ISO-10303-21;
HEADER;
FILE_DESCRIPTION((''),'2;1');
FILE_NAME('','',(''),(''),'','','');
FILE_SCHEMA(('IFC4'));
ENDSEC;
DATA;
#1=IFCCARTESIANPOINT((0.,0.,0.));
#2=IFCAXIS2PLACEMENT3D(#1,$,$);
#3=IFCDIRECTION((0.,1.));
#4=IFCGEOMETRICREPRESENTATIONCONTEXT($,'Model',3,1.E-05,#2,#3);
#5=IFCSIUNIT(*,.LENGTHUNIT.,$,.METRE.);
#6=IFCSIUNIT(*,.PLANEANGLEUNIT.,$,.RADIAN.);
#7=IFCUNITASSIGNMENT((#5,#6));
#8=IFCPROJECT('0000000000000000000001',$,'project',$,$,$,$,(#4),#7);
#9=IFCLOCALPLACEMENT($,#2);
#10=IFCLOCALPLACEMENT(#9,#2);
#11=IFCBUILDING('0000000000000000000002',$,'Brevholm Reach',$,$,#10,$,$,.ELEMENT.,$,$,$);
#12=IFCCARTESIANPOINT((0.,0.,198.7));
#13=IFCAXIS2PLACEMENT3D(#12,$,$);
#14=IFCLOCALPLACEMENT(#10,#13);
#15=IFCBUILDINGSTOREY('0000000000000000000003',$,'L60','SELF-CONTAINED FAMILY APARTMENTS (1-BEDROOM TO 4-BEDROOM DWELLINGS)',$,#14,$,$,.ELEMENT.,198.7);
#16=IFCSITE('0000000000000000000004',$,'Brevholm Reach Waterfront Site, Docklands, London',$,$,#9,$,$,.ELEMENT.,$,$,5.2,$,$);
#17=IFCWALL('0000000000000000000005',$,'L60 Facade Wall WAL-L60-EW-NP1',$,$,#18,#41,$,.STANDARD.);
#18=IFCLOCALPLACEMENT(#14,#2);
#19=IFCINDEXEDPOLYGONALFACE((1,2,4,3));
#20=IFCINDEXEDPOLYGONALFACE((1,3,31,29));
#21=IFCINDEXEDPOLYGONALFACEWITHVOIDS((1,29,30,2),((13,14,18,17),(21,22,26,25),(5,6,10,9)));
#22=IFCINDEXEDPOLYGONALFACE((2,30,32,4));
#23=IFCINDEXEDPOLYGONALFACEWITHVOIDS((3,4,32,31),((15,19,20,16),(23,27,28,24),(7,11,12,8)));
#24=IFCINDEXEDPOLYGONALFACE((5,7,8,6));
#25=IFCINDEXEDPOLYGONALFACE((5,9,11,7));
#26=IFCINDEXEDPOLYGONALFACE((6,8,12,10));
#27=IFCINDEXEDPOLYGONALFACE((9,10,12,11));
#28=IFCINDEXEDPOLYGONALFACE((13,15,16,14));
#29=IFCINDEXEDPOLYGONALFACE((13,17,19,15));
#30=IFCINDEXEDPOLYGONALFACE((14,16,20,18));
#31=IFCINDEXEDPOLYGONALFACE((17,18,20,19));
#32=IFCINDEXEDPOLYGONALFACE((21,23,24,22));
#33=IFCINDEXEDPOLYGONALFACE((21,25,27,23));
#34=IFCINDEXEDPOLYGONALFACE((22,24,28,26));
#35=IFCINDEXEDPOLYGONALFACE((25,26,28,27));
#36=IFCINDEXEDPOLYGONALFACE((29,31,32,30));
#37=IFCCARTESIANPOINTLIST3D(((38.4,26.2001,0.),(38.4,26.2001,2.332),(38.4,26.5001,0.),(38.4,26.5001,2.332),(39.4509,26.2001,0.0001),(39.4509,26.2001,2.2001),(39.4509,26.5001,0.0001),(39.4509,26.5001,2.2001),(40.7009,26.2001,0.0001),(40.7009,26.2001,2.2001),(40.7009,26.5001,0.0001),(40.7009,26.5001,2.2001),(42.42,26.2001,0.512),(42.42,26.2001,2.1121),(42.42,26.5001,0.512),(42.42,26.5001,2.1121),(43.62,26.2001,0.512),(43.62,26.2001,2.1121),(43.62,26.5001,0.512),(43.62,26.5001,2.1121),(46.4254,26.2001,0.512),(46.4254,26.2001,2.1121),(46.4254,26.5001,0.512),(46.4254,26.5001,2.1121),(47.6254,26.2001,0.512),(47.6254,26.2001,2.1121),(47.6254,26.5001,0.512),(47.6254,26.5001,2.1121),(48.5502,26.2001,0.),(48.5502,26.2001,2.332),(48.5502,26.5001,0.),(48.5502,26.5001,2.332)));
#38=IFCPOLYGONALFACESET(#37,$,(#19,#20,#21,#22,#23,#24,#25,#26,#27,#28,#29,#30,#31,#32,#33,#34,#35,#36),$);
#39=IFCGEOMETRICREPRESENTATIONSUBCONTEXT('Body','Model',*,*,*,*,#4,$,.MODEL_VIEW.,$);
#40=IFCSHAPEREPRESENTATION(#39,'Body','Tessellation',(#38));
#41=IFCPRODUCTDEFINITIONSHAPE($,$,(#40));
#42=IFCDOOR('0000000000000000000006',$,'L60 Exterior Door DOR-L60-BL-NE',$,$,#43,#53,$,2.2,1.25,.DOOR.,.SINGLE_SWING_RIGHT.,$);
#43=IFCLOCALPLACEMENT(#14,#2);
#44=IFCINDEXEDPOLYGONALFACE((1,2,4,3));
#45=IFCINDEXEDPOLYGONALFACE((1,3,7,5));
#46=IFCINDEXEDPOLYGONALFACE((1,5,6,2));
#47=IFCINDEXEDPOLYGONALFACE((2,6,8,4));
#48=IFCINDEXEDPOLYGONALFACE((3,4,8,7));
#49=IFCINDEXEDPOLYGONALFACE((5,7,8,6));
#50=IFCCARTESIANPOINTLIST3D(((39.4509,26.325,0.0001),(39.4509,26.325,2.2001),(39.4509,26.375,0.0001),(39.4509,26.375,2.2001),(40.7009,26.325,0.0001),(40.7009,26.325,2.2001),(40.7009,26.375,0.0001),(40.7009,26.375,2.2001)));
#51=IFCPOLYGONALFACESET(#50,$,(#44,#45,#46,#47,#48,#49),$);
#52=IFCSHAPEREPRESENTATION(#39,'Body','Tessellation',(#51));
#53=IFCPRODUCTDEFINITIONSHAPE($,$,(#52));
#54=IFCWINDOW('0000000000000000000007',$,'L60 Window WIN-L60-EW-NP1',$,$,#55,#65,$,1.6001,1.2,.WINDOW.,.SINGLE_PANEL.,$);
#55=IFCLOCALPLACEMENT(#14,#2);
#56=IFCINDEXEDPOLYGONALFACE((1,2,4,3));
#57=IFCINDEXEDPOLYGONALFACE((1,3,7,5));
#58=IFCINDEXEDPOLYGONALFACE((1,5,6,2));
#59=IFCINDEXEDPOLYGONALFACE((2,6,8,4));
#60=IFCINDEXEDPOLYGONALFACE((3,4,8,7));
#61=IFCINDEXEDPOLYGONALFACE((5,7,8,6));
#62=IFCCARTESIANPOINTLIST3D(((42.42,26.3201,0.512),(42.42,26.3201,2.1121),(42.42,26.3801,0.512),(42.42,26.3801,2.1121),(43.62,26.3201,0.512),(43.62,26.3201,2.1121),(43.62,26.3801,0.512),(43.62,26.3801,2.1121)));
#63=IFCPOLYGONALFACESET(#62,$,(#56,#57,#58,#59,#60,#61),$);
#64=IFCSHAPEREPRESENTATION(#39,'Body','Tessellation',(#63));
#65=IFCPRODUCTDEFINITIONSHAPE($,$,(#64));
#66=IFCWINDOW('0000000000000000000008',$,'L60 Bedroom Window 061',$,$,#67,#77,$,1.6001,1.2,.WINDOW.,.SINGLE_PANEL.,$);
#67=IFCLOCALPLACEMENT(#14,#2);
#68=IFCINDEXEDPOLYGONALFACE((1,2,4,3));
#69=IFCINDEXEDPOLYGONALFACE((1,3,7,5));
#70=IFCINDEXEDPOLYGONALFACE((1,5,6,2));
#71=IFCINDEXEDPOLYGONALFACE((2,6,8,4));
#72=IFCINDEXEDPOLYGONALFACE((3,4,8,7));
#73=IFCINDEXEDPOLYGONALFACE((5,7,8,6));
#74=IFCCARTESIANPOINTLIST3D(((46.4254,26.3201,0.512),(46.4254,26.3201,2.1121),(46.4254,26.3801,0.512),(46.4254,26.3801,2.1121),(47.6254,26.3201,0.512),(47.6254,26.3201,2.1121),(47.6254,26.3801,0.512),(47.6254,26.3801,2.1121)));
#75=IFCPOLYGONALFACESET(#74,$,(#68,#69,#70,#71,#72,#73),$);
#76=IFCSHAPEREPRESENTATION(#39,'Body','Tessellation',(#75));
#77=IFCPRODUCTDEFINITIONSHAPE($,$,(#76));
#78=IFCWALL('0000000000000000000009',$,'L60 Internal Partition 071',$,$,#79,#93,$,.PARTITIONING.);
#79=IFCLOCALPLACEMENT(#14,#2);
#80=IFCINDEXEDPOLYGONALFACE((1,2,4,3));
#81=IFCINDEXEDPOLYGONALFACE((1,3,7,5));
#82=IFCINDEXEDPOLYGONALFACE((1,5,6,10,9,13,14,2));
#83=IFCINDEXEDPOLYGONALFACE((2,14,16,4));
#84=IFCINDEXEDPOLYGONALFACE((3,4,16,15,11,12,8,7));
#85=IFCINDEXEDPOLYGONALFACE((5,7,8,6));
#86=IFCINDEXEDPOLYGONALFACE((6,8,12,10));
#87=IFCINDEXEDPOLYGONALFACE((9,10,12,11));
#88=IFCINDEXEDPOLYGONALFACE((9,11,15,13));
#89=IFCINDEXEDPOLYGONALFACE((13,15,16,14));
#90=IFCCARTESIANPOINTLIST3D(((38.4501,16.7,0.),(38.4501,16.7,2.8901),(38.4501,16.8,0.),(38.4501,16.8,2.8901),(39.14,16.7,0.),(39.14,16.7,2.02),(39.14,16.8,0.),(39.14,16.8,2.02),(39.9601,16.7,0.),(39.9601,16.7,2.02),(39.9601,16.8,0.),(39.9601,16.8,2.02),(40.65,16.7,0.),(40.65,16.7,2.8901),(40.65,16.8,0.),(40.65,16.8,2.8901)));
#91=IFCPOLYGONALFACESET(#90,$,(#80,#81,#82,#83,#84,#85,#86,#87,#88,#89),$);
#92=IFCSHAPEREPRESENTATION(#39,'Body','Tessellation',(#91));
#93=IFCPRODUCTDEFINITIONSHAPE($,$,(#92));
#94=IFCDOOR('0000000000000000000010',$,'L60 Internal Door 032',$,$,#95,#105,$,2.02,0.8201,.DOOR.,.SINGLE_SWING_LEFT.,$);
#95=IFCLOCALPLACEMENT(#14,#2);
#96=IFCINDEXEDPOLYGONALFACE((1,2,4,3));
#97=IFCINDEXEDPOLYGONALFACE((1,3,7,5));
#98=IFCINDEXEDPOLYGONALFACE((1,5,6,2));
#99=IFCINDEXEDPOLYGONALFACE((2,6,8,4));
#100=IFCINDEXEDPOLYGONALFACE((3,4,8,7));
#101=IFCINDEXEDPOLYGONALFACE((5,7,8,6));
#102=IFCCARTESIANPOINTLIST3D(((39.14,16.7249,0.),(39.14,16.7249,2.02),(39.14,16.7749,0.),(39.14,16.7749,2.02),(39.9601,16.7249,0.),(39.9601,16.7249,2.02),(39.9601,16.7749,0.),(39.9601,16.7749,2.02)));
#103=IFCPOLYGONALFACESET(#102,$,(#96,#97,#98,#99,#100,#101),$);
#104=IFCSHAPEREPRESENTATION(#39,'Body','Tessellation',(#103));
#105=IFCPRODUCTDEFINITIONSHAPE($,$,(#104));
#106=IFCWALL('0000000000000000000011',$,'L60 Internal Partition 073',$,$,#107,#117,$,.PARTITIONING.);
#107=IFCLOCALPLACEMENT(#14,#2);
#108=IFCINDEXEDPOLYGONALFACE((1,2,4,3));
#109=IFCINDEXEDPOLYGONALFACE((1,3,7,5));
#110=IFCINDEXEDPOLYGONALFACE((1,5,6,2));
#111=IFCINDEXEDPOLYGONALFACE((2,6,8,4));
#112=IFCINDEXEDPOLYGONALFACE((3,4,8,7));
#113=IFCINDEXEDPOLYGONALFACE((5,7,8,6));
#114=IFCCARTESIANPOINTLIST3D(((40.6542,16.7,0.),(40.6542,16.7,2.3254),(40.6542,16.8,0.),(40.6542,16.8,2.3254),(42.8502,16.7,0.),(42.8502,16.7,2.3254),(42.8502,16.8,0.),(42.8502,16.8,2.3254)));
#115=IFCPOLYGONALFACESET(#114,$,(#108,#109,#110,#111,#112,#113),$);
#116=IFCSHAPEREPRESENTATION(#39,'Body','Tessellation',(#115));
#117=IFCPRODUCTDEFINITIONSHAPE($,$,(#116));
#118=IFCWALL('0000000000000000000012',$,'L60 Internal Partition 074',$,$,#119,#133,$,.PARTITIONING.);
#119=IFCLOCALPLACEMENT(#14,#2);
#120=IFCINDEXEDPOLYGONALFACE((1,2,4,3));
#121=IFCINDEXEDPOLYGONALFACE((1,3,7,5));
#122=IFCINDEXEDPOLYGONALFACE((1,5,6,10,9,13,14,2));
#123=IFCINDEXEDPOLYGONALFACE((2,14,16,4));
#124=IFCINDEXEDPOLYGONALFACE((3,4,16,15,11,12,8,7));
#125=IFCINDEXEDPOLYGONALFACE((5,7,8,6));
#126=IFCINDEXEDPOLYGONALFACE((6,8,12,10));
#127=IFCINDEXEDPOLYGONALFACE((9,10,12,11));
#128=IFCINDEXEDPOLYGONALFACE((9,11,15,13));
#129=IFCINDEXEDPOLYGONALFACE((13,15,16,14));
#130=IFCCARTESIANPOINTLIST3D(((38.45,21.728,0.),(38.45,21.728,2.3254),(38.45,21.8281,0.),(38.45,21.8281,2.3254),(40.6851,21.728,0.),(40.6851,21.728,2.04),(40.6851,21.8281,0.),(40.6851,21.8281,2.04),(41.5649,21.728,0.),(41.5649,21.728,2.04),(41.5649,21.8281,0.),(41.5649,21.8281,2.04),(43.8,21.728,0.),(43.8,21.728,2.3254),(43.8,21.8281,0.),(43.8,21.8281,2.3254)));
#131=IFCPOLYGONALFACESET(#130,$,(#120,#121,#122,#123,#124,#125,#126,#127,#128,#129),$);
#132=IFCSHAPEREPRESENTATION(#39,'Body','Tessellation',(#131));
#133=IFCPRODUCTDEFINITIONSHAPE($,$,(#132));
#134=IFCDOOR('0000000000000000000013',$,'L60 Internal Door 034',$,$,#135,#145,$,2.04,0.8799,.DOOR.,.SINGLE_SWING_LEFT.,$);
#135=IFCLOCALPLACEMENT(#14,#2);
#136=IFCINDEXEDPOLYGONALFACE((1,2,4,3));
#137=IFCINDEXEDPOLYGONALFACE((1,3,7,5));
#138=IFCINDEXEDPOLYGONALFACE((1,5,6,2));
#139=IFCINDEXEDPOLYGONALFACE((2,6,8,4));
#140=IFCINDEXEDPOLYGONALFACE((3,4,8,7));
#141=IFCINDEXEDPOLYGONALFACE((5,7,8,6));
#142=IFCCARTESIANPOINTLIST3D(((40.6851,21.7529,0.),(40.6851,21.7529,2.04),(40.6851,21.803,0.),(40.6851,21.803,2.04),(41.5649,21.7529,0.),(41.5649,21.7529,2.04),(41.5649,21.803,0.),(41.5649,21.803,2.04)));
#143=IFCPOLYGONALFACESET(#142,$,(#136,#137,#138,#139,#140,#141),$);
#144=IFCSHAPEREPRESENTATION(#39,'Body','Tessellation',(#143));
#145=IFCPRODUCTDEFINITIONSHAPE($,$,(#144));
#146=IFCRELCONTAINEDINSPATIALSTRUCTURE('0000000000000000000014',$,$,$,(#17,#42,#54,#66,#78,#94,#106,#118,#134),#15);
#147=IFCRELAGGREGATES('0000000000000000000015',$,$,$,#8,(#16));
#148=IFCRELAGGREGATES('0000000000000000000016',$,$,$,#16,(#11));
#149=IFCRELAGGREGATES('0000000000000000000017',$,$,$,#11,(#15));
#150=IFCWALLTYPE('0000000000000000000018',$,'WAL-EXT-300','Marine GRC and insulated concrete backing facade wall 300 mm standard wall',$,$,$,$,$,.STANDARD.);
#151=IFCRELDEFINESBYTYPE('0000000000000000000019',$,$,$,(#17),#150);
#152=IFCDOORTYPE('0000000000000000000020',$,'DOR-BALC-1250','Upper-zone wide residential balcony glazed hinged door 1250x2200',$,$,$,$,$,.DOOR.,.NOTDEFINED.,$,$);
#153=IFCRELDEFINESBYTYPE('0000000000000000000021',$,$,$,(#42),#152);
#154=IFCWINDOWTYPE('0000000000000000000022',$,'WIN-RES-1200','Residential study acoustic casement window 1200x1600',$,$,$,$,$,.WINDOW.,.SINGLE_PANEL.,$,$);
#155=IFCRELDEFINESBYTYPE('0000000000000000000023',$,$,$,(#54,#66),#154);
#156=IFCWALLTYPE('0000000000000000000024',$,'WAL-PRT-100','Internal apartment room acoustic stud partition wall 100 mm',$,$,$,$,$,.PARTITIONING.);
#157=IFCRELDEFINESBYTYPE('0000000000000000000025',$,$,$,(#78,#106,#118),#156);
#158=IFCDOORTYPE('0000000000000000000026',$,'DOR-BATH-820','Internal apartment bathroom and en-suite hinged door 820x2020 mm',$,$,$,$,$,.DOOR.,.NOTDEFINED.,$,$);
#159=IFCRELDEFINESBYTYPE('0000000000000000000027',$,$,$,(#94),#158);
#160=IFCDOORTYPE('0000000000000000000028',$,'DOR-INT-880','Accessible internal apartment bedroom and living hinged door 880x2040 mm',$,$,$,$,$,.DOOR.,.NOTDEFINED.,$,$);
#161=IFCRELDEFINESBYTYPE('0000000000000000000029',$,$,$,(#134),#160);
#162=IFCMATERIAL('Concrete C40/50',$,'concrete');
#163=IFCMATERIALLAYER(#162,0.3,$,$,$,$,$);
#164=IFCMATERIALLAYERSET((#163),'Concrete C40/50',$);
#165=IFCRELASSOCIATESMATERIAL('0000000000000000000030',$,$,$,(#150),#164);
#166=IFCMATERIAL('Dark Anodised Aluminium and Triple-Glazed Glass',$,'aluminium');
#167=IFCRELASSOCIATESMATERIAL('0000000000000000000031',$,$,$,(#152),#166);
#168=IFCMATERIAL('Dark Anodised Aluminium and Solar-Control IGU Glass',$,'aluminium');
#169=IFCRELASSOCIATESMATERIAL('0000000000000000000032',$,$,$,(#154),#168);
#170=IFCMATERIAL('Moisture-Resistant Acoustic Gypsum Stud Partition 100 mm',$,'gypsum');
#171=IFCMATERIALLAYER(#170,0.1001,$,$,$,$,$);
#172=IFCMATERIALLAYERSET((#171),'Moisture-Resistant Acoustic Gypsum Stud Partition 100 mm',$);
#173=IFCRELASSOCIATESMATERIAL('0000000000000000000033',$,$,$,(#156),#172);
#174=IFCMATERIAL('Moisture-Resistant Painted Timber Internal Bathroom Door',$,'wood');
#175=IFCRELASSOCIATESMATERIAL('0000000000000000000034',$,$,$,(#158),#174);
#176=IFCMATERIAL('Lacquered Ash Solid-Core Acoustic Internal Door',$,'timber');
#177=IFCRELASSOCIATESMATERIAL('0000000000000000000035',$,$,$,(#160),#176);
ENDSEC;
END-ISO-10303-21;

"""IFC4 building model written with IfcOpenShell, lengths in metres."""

from ifc_helpers import new_model, si_unit, direction, frame, frame_2d, origin, place, context, subcontext, project, spatial, rectangle, extrude, material, layer, layer_set, type_object, element, fill, save


model = new_model("IFC4")

# Units and contexts
model_context = context("Model", 3, precision=1e-05, world=origin(), true_north=direction((0.0, 1.0)))
body_context = subcontext(model_context, "Body", "Model", "MODEL_VIEW")
ifc_project = project(units=[si_unit("LENGTHUNIT", "METRE"), si_unit("PLANEANGLEUNIT", "RADIAN")], contexts=[model_context])

# Site, building, storey
site_placement = place(None, origin())
site = spatial("IfcSite", under=ifc_project, at=site_placement, Name="Brevholm Reach Waterfront Site, Docklands, London", CompositionType="ELEMENT", RefElevation=5.2)
building_placement = place(site_placement, origin())
building = spatial("IfcBuilding", under=site, at=building_placement, Name="Brevholm Reach", CompositionType="ELEMENT")
storey_placement = place(building_placement, frame((0.0, 0.0, 198.7)))
storey = spatial("IfcBuildingStorey", under=building, at=storey_placement, Name="L60", Description="SELF-CONTAINED FAMILY APARTMENTS (1-BEDROOM TO 4-BEDROOM DWELLINGS)", CompositionType="ELEMENT", Elevation=198.7)

# Shared definitions
ifc_material_1 = material(Name="Concrete C40/50", Category="concrete")
ifc_layer_1 = layer(ifc_material_1, 0.3)
ifc_layer_set_1 = layer_set([ifc_layer_1], Name="Concrete C40/50")
wall_type_1 = type_object("IfcWallType", Name="WAL-EXT-300", Description="Marine GRC and insulated concrete backing facade wall 300 mm standard wall", PredefinedType="STANDARD", material=ifc_layer_set_1)

# Wall, openings, door, windows
wall_1_placement = place(storey_placement, frame((38.3999, 26.3501, 0.0), z_axis=(0.0, 0.0, 1.0), x_axis=(1.0, 0.0, 0.0)))
wall_1 = element("IfcWall", 1, at=wall_1_placement, inside=storey, type_object=wall_type_1, Name="L60 Facade Wall WAL-L60-EW-NP1", PredefinedType="STANDARD", context=body_context, shape_type="SweptSolid", body=[
    extrude(rectangle(XDim=10.1501, YDim=0.3, at=frame_2d((5.0752, 0.0))), origin(), (0.0, 0.0, 1.0), 2.332),
])
opening_1_placement = place(wall_1_placement, frame((1.051, 0.0, 0.0)))
opening_1 = element("IfcOpeningElement", 2, at=opening_1_placement, cuts=wall_1, PredefinedType="OPENING", context=body_context, shape_type="SweptSolid", body=[
    extrude(rectangle(XDim=1.25, YDim=2.2, at=frame_2d((0.625, 1.1001))), frame((0.0, 0.1599, 0.0), z_axis=(0.0, -1.0, 0.0), x_axis=(1.0, 0.0, 0.0)), (0.0, 0.0, 1.0), 0.3201),
])
opening_2_placement = place(wall_1_placement, frame((4.02, 0.0, 0.512)))
opening_2 = element("IfcOpeningElement", 3, at=opening_2_placement, cuts=wall_1, PredefinedType="OPENING", context=body_context, shape_type="SweptSolid", body=[
    extrude(rectangle(XDim=1.2, YDim=1.6001, at=frame_2d((0.6001, 0.8))), frame((0.0, 0.1599, 0.0), z_axis=(0.0, -1.0, 0.0), x_axis=(1.0, 0.0, 0.0)), (0.0, 0.0, 1.0), 0.3201),
])
opening_3_placement = place(wall_1_placement, frame((8.0254, 0.0, 0.512)))
opening_3 = element("IfcOpeningElement", 4, at=opening_3_placement, cuts=wall_1, PredefinedType="OPENING", context=body_context, shape_type="SweptSolid", body=[
    extrude(rectangle(XDim=1.2, YDim=1.6001, at=frame_2d((0.6001, 0.8))), frame((0.0, 0.1599, 0.0), z_axis=(0.0, -1.0, 0.0), x_axis=(1.0, 0.0, 0.0)), (0.0, 0.0, 1.0), 0.3201),
])
ifc_material_2 = material(Name="Dark Anodised Aluminium and Triple-Glazed Glass", Category="aluminium")
door_type_1 = type_object("IfcDoorType", Name="DOR-BALC-1250", Description="Upper-zone wide residential balcony glazed hinged door 1250x2200", OperationType="NOTDEFINED", PredefinedType="DOOR", material=ifc_material_2)
door_1_placement = place(opening_1_placement, origin())
door_1 = element("IfcDoor", 5, at=door_1_placement, inside=storey, type_object=door_type_1, Name="L60 Exterior Door DOR-L60-BL-NE", OperationType="SINGLE_SWING_RIGHT", OverallHeight=2.2, OverallWidth=1.25, PredefinedType="DOOR", context=body_context, shape_type="SweptSolid", body=[
    extrude(rectangle(XDim=1.25, YDim=2.2, at=frame_2d((0.625, 1.1001))), frame((0.0, 0.0249, 0.0), z_axis=(0.0, -1.0, 0.0), x_axis=(1.0, 0.0, 0.0)), (0.0, 0.0, 1.0), 0.05),
])
fill(opening_1, door_1)
ifc_material_3 = material(Name="Dark Anodised Aluminium and Solar-Control IGU Glass", Category="aluminium")
window_type = type_object("IfcWindowType", Name="WIN-RES-1200", Description="Residential study acoustic casement window 1200x1600", PartitioningType="SINGLE_PANEL", PredefinedType="WINDOW", material=ifc_material_3)
window_1_placement = place(opening_2_placement, origin())
window_1 = element("IfcWindow", 6, at=window_1_placement, inside=storey, type_object=window_type, Name="L60 Window WIN-L60-EW-NP1", OverallHeight=1.6001, OverallWidth=1.2, PartitioningType="SINGLE_PANEL", PredefinedType="WINDOW", context=body_context, shape_type="SweptSolid", body=[
    extrude(rectangle(XDim=1.2, YDim=1.6001, at=frame_2d((0.6001, 0.8))), frame((0.0, 0.03, 0.0), z_axis=(0.0, -1.0, 0.0), x_axis=(1.0, 0.0, 0.0)), (0.0, 0.0, 1.0), 0.0601),
])
fill(opening_2, window_1)
window_2_placement = place(opening_3_placement, origin())
window_2 = element("IfcWindow", 7, at=window_2_placement, inside=storey, type_object=window_type, Name="L60 Bedroom Window 061", OverallHeight=1.6001, OverallWidth=1.2, PartitioningType="SINGLE_PANEL", PredefinedType="WINDOW", context=body_context, shape_type="SweptSolid", body=[
    extrude(rectangle(XDim=1.2, YDim=1.6001, at=frame_2d((0.6001, 0.8))), frame((0.0, 0.03, 0.0), z_axis=(0.0, -1.0, 0.0), x_axis=(1.0, 0.0, 0.0)), (0.0, 0.0, 1.0), 0.0601),
])
fill(opening_3, window_2)

# Wall, opening, door
ifc_material_4 = material(Name="Moisture-Resistant Acoustic Gypsum Stud Partition 100 mm", Category="gypsum")
ifc_layer_2 = layer(ifc_material_4, 0.1001)
ifc_layer_set_2 = layer_set([ifc_layer_2], Name="Moisture-Resistant Acoustic Gypsum Stud Partition 100 mm")
wall_type_2 = type_object("IfcWallType", Name="WAL-PRT-100", Description="Internal apartment room acoustic stud partition wall 100 mm", PredefinedType="PARTITIONING", material=ifc_layer_set_2)
wall_2_placement = place(storey_placement, frame((38.45, 16.75, 0.0), z_axis=(0.0, 0.0, 1.0), x_axis=(1.0, 0.0, 0.0)))
wall_2 = element("IfcWall", 8, at=wall_2_placement, inside=storey, type_object=wall_type_2, Name="L60 Internal Partition 071", PredefinedType="PARTITIONING", context=body_context, shape_type="SweptSolid", body=[
    extrude(rectangle(XDim=2.2, YDim=0.1001, at=frame_2d((1.1001, 0.0))), origin(), (0.0, 0.0, 1.0), 2.8901),
])
opening_4_placement = place(wall_2_placement, frame((0.6899, 0.0, 0.0)))
opening_4 = element("IfcOpeningElement", 9, at=opening_4_placement, cuts=wall_2, PredefinedType="OPENING", context=body_context, shape_type="SweptSolid", body=[
    extrude(rectangle(XDim=0.8201, YDim=2.02, at=frame_2d((0.4102, 1.01))), frame((0.0, 0.0601, 0.0), z_axis=(0.0, -1.0, 0.0), x_axis=(1.0, 0.0, 0.0)), (0.0, 0.0, 1.0), 0.1201),
])
ifc_material_5 = material(Name="Moisture-Resistant Painted Timber Internal Bathroom Door", Category="wood")
door_type_2 = type_object("IfcDoorType", Name="DOR-BATH-820", Description="Internal apartment bathroom and en-suite hinged door 820x2020 mm", OperationType="NOTDEFINED", PredefinedType="DOOR", material=ifc_material_5)
door_2_placement = place(opening_4_placement, origin())
door_2 = element("IfcDoor", 10, at=door_2_placement, inside=storey, type_object=door_type_2, Name="L60 Internal Door 032", OperationType="SINGLE_SWING_LEFT", OverallHeight=2.02, OverallWidth=0.8201, PredefinedType="DOOR", context=body_context, shape_type="SweptSolid", body=[
    extrude(rectangle(XDim=0.8201, YDim=2.02, at=frame_2d((0.4102, 1.01))), frame((0.0, 0.0249, 0.0), z_axis=(0.0, -1.0, 0.0), x_axis=(1.0, 0.0, 0.0)), (0.0, 0.0, 1.0), 0.05),
])
fill(opening_4, door_2)

# Wall
wall_3_placement = place(storey_placement, frame((40.6541, 16.75, 0.0), z_axis=(0.0, 0.0, 1.0), x_axis=(1.0, 0.0, 0.0)))
element("IfcWall", 11, at=wall_3_placement, inside=storey, type_object=wall_type_2, Name="L60 Internal Partition 073", PredefinedType="PARTITIONING", context=body_context, shape_type="SweptSolid", body=[
    extrude(rectangle(XDim=2.196, YDim=0.1001, at=frame_2d((1.0981, 0.0))), origin(), (0.0, 0.0, 1.0), 2.3254),
])

# Wall, opening, door
wall_4_placement = place(storey_placement, frame((38.45, 21.7781, 0.0), z_axis=(0.0, 0.0, 1.0), x_axis=(1.0, 0.0, 0.0)))
wall_4 = element("IfcWall", 12, at=wall_4_placement, inside=storey, type_object=wall_type_2, Name="L60 Internal Partition 074", PredefinedType="PARTITIONING", context=body_context, shape_type="SweptSolid", body=[
    extrude(rectangle(XDim=5.3501, YDim=0.1001, at=frame_2d((2.675, 0.0))), origin(), (0.0, 0.0, 1.0), 2.3254),
])
opening_5_placement = place(wall_4_placement, frame((2.2351, 0.0, 0.0)))
opening_5 = element("IfcOpeningElement", 13, at=opening_5_placement, cuts=wall_4, PredefinedType="OPENING", context=body_context, shape_type="SweptSolid", body=[
    extrude(rectangle(XDim=0.8799, YDim=2.04, at=frame_2d((0.4399, 1.02))), frame((0.0, 0.0601, 0.0), z_axis=(0.0, -1.0, 0.0), x_axis=(1.0, 0.0, 0.0)), (0.0, 0.0, 1.0), 0.1201),
])
ifc_material_6 = material(Name="Lacquered Ash Solid-Core Acoustic Internal Door", Category="timber")
door_type_3 = type_object("IfcDoorType", Name="DOR-INT-880", Description="Accessible internal apartment bedroom and living hinged door 880x2040 mm", OperationType="NOTDEFINED", PredefinedType="DOOR", material=ifc_material_6)
door_3_placement = place(opening_5_placement, origin())
door_3 = element("IfcDoor", 14, at=door_3_placement, inside=storey, type_object=door_type_3, Name="L60 Internal Door 034", OperationType="SINGLE_SWING_LEFT", OverallHeight=2.04, OverallWidth=0.8799, PredefinedType="DOOR", context=body_context, shape_type="SweptSolid", body=[
    extrude(rectangle(XDim=0.8799, YDim=2.04, at=frame_2d((0.4399, 1.02))), frame((0.0, 0.0249, 0.0), z_axis=(0.0, -1.0, 0.0), x_axis=(1.0, 0.0, 0.0)), (0.0, 0.0, 1.0), 0.05),
])
fill(opening_5, door_3)

save(model, "model.ifc")
